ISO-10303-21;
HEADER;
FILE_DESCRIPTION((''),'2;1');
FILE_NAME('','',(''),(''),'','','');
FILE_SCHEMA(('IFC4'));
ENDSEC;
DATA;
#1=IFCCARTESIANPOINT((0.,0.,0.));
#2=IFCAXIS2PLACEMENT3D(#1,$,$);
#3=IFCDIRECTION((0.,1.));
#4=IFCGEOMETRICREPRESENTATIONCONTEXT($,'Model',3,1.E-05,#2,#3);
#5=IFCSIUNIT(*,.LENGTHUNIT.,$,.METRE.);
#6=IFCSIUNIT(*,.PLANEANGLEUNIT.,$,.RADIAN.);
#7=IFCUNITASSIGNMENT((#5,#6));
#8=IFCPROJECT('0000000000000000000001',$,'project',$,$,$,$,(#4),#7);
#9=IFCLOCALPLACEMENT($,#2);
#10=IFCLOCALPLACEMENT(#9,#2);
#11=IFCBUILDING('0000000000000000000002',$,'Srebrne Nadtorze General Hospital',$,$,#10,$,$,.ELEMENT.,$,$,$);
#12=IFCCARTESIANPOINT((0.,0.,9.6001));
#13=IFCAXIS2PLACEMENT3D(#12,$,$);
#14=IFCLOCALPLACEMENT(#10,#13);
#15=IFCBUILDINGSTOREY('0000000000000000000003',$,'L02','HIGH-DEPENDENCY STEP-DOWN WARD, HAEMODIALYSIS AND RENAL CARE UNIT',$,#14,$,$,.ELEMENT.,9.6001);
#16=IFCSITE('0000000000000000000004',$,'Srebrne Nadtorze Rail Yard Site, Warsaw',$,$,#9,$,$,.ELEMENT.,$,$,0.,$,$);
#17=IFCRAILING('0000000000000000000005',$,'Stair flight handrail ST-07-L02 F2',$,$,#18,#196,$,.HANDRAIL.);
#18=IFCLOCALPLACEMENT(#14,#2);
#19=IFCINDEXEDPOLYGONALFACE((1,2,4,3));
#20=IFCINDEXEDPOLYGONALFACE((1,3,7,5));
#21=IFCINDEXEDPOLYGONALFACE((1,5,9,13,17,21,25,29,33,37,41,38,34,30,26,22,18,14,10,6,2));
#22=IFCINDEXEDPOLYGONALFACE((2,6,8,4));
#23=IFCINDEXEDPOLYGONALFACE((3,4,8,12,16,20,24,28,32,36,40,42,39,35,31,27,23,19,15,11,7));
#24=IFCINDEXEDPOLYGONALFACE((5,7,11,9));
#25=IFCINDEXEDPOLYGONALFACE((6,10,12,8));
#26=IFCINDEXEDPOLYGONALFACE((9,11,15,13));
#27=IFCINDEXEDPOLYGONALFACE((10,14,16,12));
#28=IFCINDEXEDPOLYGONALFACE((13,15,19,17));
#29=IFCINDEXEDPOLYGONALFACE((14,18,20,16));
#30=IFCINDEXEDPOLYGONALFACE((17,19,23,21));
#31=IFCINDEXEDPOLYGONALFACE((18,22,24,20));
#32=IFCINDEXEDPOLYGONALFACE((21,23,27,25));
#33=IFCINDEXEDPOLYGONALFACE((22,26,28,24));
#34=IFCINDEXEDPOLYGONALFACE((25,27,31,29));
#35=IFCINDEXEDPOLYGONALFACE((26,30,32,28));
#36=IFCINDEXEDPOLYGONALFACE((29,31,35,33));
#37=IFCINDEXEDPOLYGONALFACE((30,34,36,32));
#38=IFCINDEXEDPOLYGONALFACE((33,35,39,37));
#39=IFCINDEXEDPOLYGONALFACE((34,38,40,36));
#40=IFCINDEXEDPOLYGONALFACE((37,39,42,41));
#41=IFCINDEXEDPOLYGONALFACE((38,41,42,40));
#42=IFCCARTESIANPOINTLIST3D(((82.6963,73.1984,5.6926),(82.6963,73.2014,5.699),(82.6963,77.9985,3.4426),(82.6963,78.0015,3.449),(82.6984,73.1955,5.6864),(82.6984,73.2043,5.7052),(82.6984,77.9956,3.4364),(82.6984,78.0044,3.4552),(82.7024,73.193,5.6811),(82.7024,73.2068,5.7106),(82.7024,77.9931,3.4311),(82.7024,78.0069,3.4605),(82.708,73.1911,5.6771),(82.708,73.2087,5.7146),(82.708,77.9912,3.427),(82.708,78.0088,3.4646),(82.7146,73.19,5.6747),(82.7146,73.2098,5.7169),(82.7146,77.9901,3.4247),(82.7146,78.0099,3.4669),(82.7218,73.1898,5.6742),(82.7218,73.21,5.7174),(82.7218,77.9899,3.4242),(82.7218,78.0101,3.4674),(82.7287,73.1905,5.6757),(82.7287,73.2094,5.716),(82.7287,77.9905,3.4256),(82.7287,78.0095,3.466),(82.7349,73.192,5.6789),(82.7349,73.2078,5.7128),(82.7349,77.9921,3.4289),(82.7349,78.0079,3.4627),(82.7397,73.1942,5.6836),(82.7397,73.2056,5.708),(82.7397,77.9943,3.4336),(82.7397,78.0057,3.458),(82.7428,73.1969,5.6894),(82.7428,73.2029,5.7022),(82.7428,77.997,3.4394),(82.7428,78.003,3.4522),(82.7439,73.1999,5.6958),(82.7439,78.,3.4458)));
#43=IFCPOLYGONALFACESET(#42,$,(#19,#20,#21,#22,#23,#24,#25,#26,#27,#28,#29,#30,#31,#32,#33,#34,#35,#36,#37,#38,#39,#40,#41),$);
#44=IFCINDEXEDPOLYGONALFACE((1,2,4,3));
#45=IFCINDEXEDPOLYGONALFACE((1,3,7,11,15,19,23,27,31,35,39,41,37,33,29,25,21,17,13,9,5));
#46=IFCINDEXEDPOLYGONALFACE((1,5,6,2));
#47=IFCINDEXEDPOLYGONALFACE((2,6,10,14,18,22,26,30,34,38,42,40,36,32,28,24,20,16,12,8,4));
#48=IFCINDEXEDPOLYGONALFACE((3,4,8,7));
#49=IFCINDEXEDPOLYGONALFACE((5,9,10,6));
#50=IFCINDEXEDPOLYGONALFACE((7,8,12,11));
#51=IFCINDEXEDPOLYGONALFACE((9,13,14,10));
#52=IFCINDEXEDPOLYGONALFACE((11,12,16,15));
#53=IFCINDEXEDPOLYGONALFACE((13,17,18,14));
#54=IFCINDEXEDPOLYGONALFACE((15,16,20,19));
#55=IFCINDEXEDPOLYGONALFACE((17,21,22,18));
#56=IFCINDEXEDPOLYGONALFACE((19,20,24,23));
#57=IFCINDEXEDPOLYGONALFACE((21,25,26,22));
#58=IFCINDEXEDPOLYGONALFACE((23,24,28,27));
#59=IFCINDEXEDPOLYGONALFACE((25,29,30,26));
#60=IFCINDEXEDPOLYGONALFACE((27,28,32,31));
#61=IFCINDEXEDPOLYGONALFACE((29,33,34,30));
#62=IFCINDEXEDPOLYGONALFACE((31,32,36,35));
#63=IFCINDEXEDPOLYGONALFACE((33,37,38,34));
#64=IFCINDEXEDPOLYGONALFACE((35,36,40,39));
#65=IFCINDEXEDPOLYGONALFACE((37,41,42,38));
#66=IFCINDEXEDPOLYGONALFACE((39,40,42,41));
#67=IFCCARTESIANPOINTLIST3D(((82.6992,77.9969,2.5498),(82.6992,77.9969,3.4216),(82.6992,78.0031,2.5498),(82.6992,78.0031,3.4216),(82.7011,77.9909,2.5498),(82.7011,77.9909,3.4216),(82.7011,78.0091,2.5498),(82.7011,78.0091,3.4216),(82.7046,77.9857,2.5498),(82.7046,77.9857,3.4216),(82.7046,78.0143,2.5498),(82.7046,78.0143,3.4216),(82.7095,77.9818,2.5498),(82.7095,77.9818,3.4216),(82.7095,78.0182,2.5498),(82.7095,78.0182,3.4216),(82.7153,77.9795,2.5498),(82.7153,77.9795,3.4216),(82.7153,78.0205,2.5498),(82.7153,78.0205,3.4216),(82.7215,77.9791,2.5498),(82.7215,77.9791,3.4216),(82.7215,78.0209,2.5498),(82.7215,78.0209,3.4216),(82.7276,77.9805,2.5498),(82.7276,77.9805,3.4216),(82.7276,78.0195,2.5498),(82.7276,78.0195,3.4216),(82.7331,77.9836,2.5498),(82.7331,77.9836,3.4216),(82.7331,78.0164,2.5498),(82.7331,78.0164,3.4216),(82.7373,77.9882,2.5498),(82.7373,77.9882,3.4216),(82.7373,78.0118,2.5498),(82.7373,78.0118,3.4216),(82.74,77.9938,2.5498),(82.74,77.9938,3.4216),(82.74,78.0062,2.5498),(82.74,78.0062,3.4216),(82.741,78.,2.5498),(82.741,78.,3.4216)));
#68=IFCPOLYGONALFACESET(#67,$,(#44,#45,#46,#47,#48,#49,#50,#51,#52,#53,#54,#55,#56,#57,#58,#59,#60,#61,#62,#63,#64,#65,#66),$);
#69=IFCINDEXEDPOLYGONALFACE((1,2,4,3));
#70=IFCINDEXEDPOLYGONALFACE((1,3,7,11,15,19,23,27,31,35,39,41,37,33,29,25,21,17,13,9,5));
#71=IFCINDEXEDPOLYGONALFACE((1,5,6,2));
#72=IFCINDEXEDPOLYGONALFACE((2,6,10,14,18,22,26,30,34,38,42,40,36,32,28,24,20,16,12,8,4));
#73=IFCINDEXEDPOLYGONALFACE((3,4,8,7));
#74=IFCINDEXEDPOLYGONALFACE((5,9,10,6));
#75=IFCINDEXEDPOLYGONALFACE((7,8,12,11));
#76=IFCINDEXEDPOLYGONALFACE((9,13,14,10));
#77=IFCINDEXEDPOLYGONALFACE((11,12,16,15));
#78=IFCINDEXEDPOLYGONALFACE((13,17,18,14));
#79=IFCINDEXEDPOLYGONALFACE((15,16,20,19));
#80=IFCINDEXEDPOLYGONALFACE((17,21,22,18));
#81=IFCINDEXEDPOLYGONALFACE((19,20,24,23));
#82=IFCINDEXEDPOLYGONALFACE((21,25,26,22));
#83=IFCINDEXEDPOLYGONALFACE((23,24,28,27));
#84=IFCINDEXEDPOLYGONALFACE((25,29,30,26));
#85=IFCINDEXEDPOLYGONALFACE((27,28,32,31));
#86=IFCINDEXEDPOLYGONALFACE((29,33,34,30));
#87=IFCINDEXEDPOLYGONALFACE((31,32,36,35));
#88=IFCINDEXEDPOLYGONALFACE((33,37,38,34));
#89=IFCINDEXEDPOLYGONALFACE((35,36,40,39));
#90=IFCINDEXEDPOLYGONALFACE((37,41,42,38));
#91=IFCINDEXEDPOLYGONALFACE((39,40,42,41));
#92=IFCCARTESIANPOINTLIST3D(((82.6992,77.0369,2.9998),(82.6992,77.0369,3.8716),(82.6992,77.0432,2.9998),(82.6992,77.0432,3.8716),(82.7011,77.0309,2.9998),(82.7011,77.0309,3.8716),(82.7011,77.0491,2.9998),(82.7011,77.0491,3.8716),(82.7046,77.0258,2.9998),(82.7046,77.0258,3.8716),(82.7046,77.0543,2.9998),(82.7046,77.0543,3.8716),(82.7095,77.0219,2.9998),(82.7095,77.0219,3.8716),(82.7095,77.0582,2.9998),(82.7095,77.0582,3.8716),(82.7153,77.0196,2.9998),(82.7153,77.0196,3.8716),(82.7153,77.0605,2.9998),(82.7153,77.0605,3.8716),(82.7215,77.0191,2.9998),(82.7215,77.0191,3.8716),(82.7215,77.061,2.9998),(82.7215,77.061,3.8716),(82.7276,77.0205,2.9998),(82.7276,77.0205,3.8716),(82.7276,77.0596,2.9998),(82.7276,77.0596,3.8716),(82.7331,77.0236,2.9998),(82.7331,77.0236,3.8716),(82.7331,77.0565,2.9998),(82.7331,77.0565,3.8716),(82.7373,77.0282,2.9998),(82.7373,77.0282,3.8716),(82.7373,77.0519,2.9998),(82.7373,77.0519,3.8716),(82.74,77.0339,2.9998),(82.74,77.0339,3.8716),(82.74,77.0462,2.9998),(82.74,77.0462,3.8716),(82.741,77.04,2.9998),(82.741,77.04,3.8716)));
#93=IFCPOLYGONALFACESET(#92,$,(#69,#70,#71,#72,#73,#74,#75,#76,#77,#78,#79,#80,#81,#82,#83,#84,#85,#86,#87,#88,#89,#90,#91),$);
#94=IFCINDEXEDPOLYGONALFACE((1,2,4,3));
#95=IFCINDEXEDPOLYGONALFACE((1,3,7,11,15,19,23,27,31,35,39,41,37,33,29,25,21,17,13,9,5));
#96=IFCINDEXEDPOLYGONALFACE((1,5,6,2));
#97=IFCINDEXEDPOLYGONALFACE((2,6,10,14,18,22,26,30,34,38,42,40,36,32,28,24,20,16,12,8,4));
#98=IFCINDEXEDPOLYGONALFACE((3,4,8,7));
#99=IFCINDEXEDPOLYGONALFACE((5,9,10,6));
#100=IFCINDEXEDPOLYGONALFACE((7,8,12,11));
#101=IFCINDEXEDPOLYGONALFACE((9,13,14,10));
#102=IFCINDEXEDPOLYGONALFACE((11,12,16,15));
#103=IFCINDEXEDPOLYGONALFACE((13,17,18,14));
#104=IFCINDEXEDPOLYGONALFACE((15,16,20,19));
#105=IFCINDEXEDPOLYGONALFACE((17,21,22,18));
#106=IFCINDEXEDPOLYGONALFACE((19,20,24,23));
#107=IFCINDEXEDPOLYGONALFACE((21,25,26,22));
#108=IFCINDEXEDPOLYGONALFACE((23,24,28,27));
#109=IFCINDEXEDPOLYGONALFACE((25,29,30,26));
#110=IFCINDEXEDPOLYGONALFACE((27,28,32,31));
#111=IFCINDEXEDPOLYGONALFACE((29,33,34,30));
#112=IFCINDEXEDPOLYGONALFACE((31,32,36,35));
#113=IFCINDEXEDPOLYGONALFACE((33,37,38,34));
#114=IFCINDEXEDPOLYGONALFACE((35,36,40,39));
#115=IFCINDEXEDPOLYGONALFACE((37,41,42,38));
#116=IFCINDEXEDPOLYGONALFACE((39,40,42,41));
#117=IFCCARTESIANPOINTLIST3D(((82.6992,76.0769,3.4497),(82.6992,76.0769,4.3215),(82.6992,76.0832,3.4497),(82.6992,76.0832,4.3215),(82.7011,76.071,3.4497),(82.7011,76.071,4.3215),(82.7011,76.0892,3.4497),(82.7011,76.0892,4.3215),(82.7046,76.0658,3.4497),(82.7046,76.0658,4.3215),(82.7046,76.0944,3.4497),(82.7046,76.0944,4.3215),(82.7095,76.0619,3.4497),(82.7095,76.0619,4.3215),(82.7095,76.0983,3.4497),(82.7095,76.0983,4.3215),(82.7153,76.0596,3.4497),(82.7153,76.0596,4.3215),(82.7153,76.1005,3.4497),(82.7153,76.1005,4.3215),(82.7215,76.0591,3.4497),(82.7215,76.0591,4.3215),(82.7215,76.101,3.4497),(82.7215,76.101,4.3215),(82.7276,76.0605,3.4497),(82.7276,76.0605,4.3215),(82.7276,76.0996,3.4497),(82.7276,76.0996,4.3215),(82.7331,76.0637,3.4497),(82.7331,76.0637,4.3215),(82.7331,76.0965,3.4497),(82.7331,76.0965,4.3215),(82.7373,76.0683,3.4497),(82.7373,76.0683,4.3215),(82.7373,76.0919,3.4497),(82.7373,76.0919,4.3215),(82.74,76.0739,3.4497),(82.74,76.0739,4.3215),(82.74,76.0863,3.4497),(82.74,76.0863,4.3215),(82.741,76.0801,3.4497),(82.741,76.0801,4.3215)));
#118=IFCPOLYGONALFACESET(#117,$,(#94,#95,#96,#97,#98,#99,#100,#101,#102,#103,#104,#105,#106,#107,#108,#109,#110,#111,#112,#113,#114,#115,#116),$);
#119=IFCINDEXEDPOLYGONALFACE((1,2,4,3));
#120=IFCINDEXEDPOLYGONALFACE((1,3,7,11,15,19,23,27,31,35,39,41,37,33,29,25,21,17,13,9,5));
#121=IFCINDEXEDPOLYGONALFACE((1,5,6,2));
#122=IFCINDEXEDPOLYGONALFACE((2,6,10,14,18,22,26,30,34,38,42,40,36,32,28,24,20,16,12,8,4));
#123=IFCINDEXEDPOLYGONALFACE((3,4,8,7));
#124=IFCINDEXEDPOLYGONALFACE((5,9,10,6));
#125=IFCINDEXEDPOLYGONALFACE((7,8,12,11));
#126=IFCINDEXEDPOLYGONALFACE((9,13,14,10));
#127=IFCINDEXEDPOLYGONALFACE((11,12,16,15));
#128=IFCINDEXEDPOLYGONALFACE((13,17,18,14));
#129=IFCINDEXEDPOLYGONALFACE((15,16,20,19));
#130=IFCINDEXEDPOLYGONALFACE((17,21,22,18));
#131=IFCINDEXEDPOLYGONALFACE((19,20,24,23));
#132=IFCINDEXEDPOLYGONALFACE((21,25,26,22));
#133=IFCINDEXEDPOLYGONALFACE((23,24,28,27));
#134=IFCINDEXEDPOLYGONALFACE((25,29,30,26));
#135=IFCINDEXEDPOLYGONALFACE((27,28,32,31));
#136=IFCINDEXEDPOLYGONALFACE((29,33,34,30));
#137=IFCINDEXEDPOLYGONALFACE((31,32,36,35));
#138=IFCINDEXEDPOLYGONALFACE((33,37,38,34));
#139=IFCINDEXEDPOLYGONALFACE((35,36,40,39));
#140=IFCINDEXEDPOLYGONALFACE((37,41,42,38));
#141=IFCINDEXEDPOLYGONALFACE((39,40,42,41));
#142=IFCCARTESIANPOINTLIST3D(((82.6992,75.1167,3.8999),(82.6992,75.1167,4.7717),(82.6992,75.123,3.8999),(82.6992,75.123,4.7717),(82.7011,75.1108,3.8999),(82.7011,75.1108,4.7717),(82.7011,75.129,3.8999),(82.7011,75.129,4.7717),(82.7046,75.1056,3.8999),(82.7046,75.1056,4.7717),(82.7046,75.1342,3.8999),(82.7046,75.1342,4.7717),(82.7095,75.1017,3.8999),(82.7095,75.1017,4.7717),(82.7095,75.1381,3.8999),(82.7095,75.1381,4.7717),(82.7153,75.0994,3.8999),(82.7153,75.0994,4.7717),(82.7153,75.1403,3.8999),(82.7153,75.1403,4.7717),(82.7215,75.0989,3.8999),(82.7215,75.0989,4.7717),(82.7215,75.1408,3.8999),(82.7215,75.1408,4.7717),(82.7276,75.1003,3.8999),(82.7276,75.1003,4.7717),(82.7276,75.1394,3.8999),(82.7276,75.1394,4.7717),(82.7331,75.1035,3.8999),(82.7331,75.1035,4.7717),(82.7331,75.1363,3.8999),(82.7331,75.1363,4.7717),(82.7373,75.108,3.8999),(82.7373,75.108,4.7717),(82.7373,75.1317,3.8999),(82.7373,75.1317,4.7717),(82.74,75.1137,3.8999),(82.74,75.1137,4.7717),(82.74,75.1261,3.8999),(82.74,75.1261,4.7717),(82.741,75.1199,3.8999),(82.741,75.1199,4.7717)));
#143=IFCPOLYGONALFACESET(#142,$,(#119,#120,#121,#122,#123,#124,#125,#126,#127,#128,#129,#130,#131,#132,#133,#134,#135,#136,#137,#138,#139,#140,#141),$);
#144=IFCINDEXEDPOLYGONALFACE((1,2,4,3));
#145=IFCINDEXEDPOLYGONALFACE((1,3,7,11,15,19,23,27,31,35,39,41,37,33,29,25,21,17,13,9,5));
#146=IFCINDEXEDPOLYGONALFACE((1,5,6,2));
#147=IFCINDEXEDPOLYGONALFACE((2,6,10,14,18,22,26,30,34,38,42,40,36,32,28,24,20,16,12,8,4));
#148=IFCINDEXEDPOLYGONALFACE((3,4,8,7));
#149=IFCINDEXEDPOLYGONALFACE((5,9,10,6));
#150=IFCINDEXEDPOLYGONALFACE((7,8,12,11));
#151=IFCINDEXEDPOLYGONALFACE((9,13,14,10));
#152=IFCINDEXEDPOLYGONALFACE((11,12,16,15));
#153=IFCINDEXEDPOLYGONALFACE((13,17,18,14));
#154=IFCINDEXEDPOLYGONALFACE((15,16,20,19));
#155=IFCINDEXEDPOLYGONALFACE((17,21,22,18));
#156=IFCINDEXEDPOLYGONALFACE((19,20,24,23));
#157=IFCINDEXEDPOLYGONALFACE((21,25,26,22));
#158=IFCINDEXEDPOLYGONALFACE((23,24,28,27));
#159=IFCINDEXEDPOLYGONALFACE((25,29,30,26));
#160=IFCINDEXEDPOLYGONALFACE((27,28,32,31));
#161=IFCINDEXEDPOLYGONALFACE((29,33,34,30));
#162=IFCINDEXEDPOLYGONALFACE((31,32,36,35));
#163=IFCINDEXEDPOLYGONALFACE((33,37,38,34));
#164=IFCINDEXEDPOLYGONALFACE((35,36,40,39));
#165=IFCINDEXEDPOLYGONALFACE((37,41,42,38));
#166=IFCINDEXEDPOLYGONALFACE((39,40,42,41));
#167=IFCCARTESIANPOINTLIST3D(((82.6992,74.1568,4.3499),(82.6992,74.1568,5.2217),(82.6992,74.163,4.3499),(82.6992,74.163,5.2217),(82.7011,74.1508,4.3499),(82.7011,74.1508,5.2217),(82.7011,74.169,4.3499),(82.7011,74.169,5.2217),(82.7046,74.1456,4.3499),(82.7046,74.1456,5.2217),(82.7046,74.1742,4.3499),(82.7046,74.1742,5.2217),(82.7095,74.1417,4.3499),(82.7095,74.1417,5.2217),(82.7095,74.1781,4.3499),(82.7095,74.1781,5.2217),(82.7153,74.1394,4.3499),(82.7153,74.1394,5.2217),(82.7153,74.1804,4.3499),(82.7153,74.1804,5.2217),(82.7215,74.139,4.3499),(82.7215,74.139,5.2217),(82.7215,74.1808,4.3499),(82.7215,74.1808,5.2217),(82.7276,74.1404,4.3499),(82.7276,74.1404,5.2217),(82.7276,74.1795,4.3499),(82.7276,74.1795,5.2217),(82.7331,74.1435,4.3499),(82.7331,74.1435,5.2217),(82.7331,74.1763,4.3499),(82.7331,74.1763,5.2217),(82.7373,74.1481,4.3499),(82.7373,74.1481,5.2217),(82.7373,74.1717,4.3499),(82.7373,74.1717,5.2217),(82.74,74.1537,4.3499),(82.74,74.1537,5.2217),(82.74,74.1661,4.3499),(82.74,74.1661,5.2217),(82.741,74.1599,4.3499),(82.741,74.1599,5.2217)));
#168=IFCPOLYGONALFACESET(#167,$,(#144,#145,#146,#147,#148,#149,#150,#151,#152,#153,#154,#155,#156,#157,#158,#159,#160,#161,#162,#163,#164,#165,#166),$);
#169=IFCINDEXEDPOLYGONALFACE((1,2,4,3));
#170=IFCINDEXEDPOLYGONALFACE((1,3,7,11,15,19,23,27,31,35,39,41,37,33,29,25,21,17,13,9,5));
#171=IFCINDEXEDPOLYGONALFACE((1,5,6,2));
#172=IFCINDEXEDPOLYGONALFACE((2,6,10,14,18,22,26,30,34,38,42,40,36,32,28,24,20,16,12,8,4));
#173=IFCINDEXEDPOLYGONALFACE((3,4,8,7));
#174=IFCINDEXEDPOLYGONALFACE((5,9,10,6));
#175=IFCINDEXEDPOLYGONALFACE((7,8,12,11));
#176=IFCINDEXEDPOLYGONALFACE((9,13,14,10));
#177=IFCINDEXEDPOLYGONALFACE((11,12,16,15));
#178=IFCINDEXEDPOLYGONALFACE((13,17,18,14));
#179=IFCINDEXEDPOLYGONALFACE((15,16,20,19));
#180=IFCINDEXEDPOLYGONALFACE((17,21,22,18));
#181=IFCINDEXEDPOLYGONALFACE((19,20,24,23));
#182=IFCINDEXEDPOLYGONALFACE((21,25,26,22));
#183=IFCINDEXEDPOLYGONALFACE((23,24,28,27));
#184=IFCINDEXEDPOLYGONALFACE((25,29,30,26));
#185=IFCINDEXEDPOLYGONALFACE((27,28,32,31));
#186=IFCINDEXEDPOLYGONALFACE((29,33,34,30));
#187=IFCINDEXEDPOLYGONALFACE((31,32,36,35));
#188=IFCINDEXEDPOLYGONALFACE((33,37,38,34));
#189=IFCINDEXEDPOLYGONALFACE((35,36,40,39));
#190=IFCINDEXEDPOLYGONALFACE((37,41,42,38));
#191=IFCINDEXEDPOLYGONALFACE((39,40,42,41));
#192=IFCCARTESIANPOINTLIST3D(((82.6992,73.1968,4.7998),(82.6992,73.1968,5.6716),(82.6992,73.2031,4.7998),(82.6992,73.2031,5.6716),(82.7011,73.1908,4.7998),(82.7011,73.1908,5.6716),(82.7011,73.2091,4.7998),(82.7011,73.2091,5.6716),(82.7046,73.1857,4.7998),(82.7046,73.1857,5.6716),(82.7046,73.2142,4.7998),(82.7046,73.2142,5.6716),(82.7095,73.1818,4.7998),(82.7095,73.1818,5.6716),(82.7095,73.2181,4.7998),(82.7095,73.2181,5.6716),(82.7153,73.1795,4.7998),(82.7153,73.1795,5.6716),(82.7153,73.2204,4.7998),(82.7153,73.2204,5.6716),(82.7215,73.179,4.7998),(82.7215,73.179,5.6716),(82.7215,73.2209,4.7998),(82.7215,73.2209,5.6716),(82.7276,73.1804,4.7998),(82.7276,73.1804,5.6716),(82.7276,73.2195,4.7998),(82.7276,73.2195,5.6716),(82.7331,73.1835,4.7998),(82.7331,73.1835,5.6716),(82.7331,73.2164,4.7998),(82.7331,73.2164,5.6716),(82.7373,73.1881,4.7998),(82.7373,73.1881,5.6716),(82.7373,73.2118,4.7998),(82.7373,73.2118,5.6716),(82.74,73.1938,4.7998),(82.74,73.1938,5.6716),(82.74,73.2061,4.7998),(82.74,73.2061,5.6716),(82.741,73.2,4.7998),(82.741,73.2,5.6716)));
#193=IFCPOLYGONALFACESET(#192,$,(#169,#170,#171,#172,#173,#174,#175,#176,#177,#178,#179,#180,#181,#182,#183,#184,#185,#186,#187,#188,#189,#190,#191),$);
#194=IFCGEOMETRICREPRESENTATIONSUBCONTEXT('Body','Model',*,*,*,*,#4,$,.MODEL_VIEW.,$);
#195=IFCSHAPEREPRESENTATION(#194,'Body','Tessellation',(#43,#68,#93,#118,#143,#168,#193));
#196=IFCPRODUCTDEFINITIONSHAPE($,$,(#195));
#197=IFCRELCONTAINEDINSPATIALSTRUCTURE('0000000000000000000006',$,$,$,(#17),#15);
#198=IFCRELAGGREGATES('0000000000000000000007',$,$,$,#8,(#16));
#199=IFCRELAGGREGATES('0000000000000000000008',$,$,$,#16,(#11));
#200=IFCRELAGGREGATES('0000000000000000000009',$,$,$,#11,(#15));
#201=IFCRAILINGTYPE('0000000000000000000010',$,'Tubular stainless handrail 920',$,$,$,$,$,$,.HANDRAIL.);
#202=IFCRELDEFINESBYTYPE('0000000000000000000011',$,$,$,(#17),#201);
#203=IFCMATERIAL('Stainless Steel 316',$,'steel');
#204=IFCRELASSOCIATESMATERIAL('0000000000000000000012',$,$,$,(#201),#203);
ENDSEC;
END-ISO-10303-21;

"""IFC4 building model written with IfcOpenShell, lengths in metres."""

from ifc_helpers import new_model, si_unit, direction, frame, origin, origin_2d, place, context, subcontext, project, spatial, circle, extrude, material, type_object, element, save


model = new_model("IFC4")

# Units and contexts
model_context = context("Model", 3, precision=1e-05, world=origin(), true_north=direction((0.0, 1.0)))
body_context = subcontext(model_context, "Body", "Model", "MODEL_VIEW")
ifc_project = project(units=[si_unit("LENGTHUNIT", "METRE"), si_unit("PLANEANGLEUNIT", "RADIAN")], contexts=[model_context])

# Site, building, storey
site_placement = place(None, origin())
site = spatial("IfcSite", under=ifc_project, at=site_placement, Name="Srebrne Nadtorze Rail Yard Site, Warsaw", CompositionType="ELEMENT", RefElevation=0.0)
building_placement = place(site_placement, origin())
building = spatial("IfcBuilding", under=site, at=building_placement, Name="Srebrne Nadtorze General Hospital", CompositionType="ELEMENT")
storey_placement = place(building_placement, frame((0.0, 0.0, 9.6001)))
storey = spatial("IfcBuildingStorey", under=building, at=storey_placement, Name="L02", Description="HIGH-DEPENDENCY STEP-DOWN WARD, HAEMODIALYSIS AND RENAL CARE UNIT", CompositionType="ELEMENT", Elevation=9.6001)

# Railing
ifc_material_1 = material(Name="Stainless Steel 316", Category="steel")
railing_type_1 = type_object("IfcRailingType", Name="Tubular stainless handrail 920", PredefinedType="HANDRAIL", material=ifc_material_1)
railing_1_placement = place(storey_placement, frame((82.72, 78.0, 2.5498)))
element("IfcRailing", 1, at=railing_1_placement, inside=storey, type_object=railing_type_1, Name="Stair flight handrail ST-07-L02 F2", PredefinedType="HANDRAIL", context=body_context, shape_type="SweptSolid", body=[
    extrude(circle(Radius=0.0239, at=origin_2d()), frame((0.0, 0.0, 0.896), z_axis=(0.0, -0.905461, 0.42443), x_axis=(1.0, 0.0, 0.0)), (0.0, 0.0, 1.0), 5.3013),
    extrude(circle(Radius=0.021, at=origin_2d()), origin(), (0.0, 0.0, 1.0), 0.8718),
    extrude(circle(Radius=0.021, at=origin_2d()), frame((0.0, -0.96, 0.45)), (0.0, 0.0, 1.0), 0.8718),
    extrude(circle(Radius=0.021, at=origin_2d()), frame((0.0, -1.9199, 0.8999)), (0.0, 0.0, 1.0), 0.8718),
    extrude(circle(Radius=0.021, at=origin_2d()), frame((0.0, -2.8801, 1.3501)), (0.0, 0.0, 1.0), 0.8718),
    extrude(circle(Radius=0.021, at=origin_2d()), frame((0.0, -3.8401, 1.8)), (0.0, 0.0, 1.0), 0.8718),
    extrude(circle(Radius=0.021, at=origin_2d()), frame((0.0, -4.8, 2.25)), (0.0, 0.0, 1.0), 0.8718),
])

save(model, "model.ifc")
